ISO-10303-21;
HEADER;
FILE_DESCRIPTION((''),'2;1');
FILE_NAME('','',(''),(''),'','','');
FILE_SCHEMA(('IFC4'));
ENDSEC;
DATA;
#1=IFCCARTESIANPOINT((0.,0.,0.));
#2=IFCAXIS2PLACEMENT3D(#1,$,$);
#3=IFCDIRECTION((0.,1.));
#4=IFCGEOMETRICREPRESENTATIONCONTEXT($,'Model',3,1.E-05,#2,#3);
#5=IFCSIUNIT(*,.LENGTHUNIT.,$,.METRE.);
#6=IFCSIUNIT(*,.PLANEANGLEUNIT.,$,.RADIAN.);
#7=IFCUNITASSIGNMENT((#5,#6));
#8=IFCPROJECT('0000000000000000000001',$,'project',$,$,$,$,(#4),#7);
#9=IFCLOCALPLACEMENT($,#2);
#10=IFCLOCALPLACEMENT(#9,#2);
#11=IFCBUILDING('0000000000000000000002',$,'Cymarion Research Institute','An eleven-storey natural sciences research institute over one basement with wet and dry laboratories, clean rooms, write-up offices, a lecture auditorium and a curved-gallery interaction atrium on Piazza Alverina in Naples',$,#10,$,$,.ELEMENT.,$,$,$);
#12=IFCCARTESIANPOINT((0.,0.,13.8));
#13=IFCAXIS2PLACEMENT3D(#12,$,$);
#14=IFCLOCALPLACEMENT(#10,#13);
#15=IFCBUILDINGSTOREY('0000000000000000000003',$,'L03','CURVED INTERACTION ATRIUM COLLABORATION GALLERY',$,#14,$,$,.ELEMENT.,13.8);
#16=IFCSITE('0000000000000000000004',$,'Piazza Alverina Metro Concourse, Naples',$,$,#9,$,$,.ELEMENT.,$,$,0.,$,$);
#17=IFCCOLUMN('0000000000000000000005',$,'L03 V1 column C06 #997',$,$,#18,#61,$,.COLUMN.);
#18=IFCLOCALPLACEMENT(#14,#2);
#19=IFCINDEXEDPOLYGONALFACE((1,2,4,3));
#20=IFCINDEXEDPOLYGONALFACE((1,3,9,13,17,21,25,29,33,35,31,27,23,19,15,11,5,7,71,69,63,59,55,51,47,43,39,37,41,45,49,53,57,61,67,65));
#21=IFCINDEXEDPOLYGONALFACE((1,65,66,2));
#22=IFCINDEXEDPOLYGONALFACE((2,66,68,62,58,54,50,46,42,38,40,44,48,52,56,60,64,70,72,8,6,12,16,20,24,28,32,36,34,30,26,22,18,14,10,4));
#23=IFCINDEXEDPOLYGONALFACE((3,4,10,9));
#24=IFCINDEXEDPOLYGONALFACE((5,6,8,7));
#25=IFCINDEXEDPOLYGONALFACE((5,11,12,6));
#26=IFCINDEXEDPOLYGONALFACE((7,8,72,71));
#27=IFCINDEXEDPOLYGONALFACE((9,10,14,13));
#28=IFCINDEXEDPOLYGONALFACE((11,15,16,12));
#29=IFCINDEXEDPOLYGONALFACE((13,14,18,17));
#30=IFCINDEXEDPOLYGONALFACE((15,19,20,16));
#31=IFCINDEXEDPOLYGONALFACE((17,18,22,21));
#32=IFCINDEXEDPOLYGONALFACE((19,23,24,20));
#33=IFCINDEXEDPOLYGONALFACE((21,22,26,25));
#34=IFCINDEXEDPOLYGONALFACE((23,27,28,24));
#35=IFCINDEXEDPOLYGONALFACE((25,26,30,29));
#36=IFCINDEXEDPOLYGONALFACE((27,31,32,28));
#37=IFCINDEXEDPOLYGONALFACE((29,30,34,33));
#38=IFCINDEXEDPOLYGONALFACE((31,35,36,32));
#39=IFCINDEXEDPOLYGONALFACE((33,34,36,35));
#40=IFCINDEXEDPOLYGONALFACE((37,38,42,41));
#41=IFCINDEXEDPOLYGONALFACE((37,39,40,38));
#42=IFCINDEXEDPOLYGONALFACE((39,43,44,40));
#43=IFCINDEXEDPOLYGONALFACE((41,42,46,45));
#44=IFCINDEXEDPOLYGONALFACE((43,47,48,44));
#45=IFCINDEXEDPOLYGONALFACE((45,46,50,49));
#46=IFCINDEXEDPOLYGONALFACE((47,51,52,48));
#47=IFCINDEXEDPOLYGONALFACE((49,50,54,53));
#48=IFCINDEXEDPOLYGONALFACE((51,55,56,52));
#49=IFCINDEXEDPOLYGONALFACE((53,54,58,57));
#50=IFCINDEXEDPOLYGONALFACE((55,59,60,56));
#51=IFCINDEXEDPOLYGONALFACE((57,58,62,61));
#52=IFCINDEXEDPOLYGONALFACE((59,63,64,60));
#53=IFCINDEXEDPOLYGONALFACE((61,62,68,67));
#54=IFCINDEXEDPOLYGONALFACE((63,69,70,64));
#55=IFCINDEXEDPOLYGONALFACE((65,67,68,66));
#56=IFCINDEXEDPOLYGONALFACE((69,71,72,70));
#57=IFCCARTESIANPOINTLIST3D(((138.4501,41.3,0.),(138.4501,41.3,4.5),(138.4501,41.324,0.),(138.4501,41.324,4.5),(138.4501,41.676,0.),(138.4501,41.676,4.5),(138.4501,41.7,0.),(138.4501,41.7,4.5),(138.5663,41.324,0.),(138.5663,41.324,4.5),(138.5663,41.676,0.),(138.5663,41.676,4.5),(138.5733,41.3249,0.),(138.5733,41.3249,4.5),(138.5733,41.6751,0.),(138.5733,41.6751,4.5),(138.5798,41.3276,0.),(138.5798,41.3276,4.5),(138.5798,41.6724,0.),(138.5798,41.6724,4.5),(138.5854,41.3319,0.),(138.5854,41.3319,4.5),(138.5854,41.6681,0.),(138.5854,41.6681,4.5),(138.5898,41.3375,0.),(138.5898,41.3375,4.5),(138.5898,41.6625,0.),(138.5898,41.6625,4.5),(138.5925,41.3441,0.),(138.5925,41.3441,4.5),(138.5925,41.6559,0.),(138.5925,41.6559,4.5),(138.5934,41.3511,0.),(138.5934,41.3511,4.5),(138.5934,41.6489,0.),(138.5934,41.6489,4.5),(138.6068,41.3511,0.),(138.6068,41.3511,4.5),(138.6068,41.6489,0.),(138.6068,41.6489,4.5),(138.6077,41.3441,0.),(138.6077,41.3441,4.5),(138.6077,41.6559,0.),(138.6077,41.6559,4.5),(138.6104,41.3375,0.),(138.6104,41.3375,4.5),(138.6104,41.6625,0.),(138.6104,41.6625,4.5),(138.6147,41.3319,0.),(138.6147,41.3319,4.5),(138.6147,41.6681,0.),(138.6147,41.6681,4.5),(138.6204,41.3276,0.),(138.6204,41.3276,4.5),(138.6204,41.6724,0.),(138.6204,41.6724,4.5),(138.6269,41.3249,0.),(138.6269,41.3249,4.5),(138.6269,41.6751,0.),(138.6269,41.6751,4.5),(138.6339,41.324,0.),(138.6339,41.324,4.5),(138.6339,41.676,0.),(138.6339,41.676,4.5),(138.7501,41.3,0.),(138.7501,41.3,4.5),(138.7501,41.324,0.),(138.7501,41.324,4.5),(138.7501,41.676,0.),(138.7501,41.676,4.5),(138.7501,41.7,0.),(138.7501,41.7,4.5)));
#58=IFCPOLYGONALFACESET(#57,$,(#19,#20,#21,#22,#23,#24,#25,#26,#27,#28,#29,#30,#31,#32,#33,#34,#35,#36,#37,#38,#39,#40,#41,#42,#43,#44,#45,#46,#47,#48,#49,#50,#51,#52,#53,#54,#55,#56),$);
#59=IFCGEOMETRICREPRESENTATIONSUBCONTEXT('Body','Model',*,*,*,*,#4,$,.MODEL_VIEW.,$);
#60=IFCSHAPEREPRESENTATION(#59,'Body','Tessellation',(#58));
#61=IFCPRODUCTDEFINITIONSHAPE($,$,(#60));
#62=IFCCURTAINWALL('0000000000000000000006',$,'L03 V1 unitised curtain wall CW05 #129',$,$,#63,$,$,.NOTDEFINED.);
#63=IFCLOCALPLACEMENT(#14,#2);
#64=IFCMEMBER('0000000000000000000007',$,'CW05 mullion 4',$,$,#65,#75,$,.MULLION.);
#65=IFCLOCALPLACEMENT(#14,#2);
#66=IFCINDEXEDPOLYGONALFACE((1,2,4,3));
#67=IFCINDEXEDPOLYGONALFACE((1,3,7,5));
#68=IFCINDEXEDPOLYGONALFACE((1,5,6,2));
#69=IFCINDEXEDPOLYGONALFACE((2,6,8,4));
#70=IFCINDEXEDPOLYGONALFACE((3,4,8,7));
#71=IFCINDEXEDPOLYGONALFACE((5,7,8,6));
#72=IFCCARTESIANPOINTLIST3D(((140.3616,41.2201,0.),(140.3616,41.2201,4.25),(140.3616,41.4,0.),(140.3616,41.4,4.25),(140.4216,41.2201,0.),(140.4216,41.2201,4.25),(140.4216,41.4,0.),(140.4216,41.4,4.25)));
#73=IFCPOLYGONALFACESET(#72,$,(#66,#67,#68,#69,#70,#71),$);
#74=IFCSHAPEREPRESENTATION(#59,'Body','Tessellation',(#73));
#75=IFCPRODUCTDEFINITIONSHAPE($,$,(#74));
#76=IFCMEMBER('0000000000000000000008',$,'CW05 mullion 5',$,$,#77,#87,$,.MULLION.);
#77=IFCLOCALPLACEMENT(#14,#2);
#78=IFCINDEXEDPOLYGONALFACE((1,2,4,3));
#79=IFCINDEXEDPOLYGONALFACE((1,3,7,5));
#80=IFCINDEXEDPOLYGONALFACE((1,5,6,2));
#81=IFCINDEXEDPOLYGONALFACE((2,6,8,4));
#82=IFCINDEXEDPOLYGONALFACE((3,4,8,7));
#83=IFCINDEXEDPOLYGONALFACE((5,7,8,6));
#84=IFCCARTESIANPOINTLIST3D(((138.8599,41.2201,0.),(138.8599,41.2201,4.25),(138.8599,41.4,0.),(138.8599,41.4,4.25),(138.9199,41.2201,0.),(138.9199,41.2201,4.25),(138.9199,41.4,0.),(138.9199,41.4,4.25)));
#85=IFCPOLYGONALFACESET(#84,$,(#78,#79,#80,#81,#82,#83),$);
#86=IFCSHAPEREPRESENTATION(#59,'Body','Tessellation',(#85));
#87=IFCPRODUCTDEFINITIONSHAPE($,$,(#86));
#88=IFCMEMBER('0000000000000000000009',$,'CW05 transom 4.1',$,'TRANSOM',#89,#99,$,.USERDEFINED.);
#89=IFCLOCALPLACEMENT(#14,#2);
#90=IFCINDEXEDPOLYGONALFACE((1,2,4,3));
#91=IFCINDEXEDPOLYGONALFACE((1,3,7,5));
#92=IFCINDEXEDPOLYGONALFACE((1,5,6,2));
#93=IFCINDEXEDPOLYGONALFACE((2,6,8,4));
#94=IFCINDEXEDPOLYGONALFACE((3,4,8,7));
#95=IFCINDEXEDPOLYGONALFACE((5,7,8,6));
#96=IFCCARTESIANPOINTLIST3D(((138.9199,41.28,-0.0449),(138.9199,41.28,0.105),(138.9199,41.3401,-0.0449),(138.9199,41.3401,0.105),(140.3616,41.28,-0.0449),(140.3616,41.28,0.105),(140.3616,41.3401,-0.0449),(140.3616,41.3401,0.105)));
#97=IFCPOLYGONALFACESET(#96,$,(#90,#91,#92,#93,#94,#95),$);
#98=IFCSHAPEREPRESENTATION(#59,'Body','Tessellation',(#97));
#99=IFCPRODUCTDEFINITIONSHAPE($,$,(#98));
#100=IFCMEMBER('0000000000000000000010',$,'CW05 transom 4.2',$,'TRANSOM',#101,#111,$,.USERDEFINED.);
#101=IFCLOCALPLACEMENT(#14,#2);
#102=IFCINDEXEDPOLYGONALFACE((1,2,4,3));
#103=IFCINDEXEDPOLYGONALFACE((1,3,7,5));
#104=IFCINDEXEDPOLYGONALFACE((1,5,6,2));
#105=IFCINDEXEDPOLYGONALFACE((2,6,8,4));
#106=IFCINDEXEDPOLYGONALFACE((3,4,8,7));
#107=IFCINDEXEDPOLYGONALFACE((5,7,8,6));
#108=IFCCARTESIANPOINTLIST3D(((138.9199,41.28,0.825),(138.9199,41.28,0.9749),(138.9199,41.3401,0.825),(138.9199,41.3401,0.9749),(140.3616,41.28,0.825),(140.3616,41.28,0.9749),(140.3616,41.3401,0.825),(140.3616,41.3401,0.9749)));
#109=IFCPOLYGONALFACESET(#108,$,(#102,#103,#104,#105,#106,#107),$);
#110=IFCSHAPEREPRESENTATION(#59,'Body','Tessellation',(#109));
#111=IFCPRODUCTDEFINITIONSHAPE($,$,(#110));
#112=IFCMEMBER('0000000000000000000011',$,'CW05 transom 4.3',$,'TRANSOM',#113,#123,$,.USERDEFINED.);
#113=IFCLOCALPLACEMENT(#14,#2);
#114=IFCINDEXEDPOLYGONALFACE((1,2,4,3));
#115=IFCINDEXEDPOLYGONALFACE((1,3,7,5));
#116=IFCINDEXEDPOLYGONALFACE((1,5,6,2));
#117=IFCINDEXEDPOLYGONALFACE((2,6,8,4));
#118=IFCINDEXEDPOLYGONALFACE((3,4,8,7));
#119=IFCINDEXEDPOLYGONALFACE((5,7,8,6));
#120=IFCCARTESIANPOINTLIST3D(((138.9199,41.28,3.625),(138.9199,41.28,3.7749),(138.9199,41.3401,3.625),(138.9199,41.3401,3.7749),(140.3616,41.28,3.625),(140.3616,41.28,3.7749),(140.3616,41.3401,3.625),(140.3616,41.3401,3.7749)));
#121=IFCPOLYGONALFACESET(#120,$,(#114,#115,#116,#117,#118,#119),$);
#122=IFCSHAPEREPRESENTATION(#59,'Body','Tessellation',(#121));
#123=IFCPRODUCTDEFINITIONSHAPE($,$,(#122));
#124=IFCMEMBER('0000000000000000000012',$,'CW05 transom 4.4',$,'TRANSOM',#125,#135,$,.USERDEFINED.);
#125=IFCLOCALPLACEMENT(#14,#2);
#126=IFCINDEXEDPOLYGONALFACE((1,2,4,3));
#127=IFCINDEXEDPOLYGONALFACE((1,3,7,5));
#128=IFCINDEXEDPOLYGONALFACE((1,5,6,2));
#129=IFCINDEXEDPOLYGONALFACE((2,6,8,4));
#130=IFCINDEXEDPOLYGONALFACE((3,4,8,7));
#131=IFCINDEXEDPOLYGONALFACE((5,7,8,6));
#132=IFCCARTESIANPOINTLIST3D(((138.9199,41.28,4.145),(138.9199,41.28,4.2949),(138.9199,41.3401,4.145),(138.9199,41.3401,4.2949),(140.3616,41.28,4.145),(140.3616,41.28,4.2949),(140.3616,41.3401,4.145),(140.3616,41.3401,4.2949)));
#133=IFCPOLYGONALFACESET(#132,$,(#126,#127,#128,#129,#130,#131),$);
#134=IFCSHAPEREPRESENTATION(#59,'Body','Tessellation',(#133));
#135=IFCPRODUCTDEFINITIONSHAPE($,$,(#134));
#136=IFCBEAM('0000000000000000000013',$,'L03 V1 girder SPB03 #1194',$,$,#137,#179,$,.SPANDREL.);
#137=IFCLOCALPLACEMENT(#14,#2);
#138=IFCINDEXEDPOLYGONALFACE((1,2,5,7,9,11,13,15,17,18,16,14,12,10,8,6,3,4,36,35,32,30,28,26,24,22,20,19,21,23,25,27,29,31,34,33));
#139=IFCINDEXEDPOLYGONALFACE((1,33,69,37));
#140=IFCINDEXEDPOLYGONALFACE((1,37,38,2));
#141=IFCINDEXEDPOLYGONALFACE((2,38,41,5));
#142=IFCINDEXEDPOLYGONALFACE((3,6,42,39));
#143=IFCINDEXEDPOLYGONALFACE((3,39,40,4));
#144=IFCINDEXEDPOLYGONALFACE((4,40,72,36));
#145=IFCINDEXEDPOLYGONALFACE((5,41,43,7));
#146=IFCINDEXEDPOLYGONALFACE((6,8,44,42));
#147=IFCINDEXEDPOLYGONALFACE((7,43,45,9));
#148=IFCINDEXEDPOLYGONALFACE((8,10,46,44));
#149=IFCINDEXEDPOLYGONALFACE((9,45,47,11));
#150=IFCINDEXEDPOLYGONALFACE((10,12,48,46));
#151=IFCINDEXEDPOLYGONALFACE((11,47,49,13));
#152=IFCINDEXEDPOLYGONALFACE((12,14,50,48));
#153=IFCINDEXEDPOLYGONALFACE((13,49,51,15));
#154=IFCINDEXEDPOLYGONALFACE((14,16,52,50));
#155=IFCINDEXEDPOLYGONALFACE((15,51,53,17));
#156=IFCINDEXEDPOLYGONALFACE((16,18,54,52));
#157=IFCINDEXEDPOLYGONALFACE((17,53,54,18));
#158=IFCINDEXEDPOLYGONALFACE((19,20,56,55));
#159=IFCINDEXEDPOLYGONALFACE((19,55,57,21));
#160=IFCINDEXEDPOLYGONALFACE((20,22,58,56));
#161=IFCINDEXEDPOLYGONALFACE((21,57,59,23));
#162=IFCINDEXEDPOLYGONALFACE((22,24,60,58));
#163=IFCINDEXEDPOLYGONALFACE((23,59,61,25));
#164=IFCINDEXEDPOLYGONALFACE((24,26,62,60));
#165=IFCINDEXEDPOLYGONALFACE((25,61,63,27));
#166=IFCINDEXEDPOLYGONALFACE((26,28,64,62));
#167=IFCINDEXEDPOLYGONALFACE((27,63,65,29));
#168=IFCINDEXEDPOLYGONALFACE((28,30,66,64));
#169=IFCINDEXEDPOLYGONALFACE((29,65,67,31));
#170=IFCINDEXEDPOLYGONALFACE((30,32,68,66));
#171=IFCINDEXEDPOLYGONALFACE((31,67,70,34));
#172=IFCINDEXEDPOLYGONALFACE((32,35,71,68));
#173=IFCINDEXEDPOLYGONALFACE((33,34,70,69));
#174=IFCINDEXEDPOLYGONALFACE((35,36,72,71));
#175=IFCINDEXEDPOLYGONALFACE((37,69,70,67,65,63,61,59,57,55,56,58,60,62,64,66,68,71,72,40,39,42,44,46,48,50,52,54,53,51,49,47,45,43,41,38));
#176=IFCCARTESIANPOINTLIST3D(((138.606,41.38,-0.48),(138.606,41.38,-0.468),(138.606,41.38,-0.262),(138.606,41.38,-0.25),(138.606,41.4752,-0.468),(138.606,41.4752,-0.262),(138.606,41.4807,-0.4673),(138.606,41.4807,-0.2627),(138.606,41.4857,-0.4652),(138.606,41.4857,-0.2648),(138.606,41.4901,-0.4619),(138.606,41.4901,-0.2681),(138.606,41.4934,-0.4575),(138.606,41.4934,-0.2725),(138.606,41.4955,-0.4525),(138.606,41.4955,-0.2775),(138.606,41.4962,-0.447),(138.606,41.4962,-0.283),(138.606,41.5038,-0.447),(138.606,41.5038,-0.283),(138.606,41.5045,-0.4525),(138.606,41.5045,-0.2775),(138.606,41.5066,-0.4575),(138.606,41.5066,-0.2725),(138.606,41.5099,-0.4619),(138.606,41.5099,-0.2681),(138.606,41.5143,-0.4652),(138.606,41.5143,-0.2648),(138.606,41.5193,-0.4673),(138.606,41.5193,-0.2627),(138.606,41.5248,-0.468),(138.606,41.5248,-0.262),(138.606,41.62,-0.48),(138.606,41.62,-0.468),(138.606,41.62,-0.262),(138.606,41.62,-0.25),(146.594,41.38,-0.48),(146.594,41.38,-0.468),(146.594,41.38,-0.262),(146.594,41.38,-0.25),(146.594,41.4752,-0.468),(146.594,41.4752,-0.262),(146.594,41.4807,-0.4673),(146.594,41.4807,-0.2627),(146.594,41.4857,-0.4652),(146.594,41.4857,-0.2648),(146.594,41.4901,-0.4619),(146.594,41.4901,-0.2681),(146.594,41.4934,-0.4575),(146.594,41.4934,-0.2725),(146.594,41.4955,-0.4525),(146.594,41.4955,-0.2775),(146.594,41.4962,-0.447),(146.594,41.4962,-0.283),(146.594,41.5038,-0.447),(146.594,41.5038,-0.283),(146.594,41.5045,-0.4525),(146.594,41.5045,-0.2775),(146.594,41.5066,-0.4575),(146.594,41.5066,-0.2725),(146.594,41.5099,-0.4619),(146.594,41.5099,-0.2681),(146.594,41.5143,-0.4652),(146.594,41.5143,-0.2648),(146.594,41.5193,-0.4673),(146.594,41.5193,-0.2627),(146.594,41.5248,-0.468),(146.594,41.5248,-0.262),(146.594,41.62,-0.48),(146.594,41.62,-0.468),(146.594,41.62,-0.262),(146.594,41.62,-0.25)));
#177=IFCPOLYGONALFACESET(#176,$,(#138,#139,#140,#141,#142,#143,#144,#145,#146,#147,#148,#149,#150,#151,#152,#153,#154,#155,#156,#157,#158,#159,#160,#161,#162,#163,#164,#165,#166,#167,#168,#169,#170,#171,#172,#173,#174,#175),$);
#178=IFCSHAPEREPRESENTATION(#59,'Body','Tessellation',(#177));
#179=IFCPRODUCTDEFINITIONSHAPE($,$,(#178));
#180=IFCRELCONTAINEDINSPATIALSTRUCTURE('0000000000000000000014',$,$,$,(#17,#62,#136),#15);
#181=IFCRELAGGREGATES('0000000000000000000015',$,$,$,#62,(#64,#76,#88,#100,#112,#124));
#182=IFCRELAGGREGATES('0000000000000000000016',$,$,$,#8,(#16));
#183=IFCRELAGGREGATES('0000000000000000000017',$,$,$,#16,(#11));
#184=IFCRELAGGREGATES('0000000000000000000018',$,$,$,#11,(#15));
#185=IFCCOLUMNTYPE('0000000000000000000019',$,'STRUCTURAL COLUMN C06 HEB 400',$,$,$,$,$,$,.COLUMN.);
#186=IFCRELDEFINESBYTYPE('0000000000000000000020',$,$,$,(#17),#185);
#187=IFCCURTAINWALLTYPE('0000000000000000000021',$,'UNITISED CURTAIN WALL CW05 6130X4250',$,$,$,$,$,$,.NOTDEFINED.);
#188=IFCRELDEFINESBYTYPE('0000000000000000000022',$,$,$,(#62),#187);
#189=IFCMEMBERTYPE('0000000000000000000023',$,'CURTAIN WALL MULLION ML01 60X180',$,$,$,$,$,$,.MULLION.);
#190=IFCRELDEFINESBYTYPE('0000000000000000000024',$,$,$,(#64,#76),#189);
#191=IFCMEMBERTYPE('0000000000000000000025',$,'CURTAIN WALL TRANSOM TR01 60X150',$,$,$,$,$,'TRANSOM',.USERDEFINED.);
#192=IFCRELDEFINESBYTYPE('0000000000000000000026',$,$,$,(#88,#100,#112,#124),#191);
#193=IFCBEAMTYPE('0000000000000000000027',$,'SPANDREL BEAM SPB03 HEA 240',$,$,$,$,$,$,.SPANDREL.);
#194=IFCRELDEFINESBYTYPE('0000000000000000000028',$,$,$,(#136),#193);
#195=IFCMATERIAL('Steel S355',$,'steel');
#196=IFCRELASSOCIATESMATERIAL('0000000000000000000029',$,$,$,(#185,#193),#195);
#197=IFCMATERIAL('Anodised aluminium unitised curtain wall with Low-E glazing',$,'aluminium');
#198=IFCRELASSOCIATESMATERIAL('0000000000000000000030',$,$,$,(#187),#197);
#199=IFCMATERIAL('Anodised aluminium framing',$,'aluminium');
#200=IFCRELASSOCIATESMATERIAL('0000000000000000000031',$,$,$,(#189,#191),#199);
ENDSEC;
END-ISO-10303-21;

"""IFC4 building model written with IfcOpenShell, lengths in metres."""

from ifc_helpers import new_model, si_unit, direction, frame, origin, origin_2d, place, context, subcontext, project, spatial, rectangle, i_section, extrude, material, material_profile, profile_set, type_object, element, aggregate, save


model = new_model("IFC4")

# Units and contexts
model_context = context("Model", 3, precision=1e-05, world=origin(), true_north=direction((0.0, 1.0)))
body_context = subcontext(model_context, "Body", "Model", "MODEL_VIEW")
ifc_project = project(units=[si_unit("LENGTHUNIT", "METRE"), si_unit("PLANEANGLEUNIT", "RADIAN")], contexts=[model_context])

# Site, building, storey
site_placement = place(None, origin())
site = spatial("IfcSite", under=ifc_project, at=site_placement, Name="Piazza Alverina Metro Concourse, Naples", CompositionType="ELEMENT", RefElevation=0.0)
building_placement = place(site_placement, origin())
building = spatial("IfcBuilding", under=site, at=building_placement, Name="Cymarion Research Institute", Description="An eleven-storey natural sciences research institute over one basement with wet and dry laboratories, clean rooms, write-up offices, a lecture auditorium and a curved-gallery interaction atrium on Piazza Alverina in Naples", CompositionType="ELEMENT")
storey_placement = place(building_placement, frame((0.0, 0.0, 13.8)))
storey = spatial("IfcBuildingStorey", under=building, at=storey_placement, Name="L03", Description="CURVED INTERACTION ATRIUM COLLABORATION GALLERY", CompositionType="ELEMENT", Elevation=13.8)

# Column
ifc_material_1 = material(Name="Steel S355", Category="steel")
ifc_material_profile_1 = material_profile(ifc_material_1, i_section(OverallWidth=0.3, OverallDepth=0.3999, WebThickness=0.0134, FlangeThickness=0.0239, FilletRadius=0.0271, at=origin_2d()), Name="HEB 400")
ifc_profile_set_1 = profile_set([ifc_material_profile_1], Name="Steel S355")
column_type = type_object("IfcColumnType", Name="STRUCTURAL COLUMN C06 HEB 400", PredefinedType="COLUMN", material=ifc_profile_set_1)
column_placement = place(storey_placement, frame((138.6001, 41.5, 0.0), z_axis=(0.0, 0.0, 1.0), x_axis=(1.0, 0.0, 0.0)))
element("IfcColumn", 1, at=column_placement, inside=storey, type_object=column_type, Name="L03 V1 column C06 #997", PredefinedType="COLUMN", context=body_context, shape_type="SweptSolid", body=[
    extrude(i_section(OverallWidth=0.3, OverallDepth=0.3999, WebThickness=0.0134, FlangeThickness=0.0239, FilletRadius=0.0271, at=origin_2d()), origin(), (0.0, 0.0, 1.0), 4.5),
])

# Curtain wall, members
ifc_material_2 = material(Name="Anodised aluminium unitised curtain wall with Low-E glazing", Category="aluminium")
curtain_wall_type = type_object("IfcCurtainWallType", Name="UNITISED CURTAIN WALL CW05 6130X4250", PredefinedType="NOTDEFINED", material=ifc_material_2)
curtain_wall_placement = place(storey_placement, origin())
curtain_wall = element("IfcCurtainWall", 2, at=curtain_wall_placement, inside=storey, type_object=curtain_wall_type, Name="L03 V1 unitised curtain wall CW05 #129", PredefinedType="NOTDEFINED")
ifc_material_3 = material(Name="Anodised aluminium framing", Category="aluminium")
ifc_material_profile_2 = material_profile(ifc_material_3, rectangle(XDim=0.0601, YDim=0.1799, at=origin_2d()), Name="ALU MULLION 60x180")
ifc_profile_set_2 = profile_set([ifc_material_profile_2], Name="Anodised aluminium framing")
member_type_1 = type_object("IfcMemberType", Name="CURTAIN WALL MULLION ML01 60X180", PredefinedType="MULLION", material=ifc_profile_set_2)
member_1_placement = place(storey_placement, frame((140.3916, 41.3101, 0.0), z_axis=(0.0, 0.0, 1.0), x_axis=(-1.0, 0.0, 0.0)))
member_1 = element("IfcMember", 3, at=member_1_placement, type_object=member_type_1, Name="CW05 mullion 4", PredefinedType="MULLION", context=body_context, shape_type="SweptSolid", body=[
    extrude(rectangle(XDim=0.0601, YDim=0.1799, at=origin_2d()), origin(), (0.0, 0.0, 1.0), 4.25),
])
member_2_placement = place(storey_placement, frame((138.8899, 41.3101, 0.0), z_axis=(0.0, 0.0, 1.0), x_axis=(-1.0, 0.0, 0.0)))
member_2 = element("IfcMember", 4, at=member_2_placement, type_object=member_type_1, Name="CW05 mullion 5", PredefinedType="MULLION", context=body_context, shape_type="SweptSolid", body=[
    extrude(rectangle(XDim=0.0601, YDim=0.1799, at=origin_2d()), origin(), (0.0, 0.0, 1.0), 4.25),
])
ifc_material_profile_3 = material_profile(ifc_material_3, rectangle(XDim=0.0601, YDim=0.1499, at=origin_2d()), Name="ALU TRANSOM 60x150")
ifc_profile_set_3 = profile_set([ifc_material_profile_3], Name="Anodised aluminium framing")
member_type_2 = type_object("IfcMemberType", Name="CURTAIN WALL TRANSOM TR01 60X150", ElementType="TRANSOM", PredefinedType="USERDEFINED", material=ifc_profile_set_3)
member_3_placement = place(storey_placement, frame((140.3616, 41.3101, 0.03), z_axis=(-1.0, 0.0, 0.0), x_axis=(0.0, -1.0, 0.0)))
member_3 = element("IfcMember", 5, at=member_3_placement, type_object=member_type_2, Name="CW05 transom 4.1", ObjectType="TRANSOM", PredefinedType="USERDEFINED", context=body_context, shape_type="SweptSolid", body=[
    extrude(rectangle(XDim=0.0601, YDim=0.1499, at=origin_2d()), origin(), (0.0, 0.0, 1.0), 1.4417),
])
member_4_placement = place(storey_placement, frame((140.3616, 41.3101, 0.8999), z_axis=(-1.0, 0.0, 0.0), x_axis=(0.0, -1.0, 0.0)))
member_4 = element("IfcMember", 6, at=member_4_placement, type_object=member_type_2, Name="CW05 transom 4.2", ObjectType="TRANSOM", PredefinedType="USERDEFINED", context=body_context, shape_type="SweptSolid", body=[
    extrude(rectangle(XDim=0.0601, YDim=0.1499, at=origin_2d()), origin(), (0.0, 0.0, 1.0), 1.4417),
])
member_5_placement = place(storey_placement, frame((140.3616, 41.3101, 3.7), z_axis=(-1.0, 0.0, 0.0), x_axis=(0.0, -1.0, 0.0)))
member_5 = element("IfcMember", 7, at=member_5_placement, type_object=member_type_2, Name="CW05 transom 4.3", ObjectType="TRANSOM", PredefinedType="USERDEFINED", context=body_context, shape_type="SweptSolid", body=[
    extrude(rectangle(XDim=0.0601, YDim=0.1499, at=origin_2d()), origin(), (0.0, 0.0, 1.0), 1.4417),
])
member_6_placement = place(storey_placement, frame((140.3616, 41.3101, 4.22), z_axis=(-1.0, 0.0, 0.0), x_axis=(0.0, -1.0, 0.0)))
member_6 = element("IfcMember", 8, at=member_6_placement, type_object=member_type_2, Name="CW05 transom 4.4", ObjectType="TRANSOM", PredefinedType="USERDEFINED", context=body_context, shape_type="SweptSolid", body=[
    extrude(rectangle(XDim=0.0601, YDim=0.1499, at=origin_2d()), origin(), (0.0, 0.0, 1.0), 1.4417),
])

# Beam
ifc_material_profile_4 = material_profile(ifc_material_1, i_section(OverallWidth=0.24, OverallDepth=0.23, WebThickness=0.0076, FlangeThickness=0.012, FilletRadius=0.021, at=origin_2d()), Name="HEA 240")
ifc_profile_set_4 = profile_set([ifc_material_profile_4], Name="Steel S355")
beam_type = type_object("IfcBeamType", Name="SPANDREL BEAM SPB03 HEA 240", PredefinedType="SPANDREL", material=ifc_profile_set_4)
beam_placement = place(storey_placement, frame((138.606, 41.5, -0.365), z_axis=(1.0, 0.0, 0.0), x_axis=(0.0, 1.0, 0.0)))
element("IfcBeam", 9, at=beam_placement, inside=storey, type_object=beam_type, Name="L03 V1 girder SPB03 #1194", PredefinedType="SPANDREL", context=body_context, shape_type="SweptSolid", body=[
    extrude(i_section(OverallWidth=0.24, OverallDepth=0.23, WebThickness=0.0076, FlangeThickness=0.012, FilletRadius=0.021, at=origin_2d()), origin(), (0.0, 0.0, 1.0), 7.988),
])

aggregate(curtain_wall, [member_1, member_2, member_3, member_4, member_5, member_6])

save(model, "model.ifc")
